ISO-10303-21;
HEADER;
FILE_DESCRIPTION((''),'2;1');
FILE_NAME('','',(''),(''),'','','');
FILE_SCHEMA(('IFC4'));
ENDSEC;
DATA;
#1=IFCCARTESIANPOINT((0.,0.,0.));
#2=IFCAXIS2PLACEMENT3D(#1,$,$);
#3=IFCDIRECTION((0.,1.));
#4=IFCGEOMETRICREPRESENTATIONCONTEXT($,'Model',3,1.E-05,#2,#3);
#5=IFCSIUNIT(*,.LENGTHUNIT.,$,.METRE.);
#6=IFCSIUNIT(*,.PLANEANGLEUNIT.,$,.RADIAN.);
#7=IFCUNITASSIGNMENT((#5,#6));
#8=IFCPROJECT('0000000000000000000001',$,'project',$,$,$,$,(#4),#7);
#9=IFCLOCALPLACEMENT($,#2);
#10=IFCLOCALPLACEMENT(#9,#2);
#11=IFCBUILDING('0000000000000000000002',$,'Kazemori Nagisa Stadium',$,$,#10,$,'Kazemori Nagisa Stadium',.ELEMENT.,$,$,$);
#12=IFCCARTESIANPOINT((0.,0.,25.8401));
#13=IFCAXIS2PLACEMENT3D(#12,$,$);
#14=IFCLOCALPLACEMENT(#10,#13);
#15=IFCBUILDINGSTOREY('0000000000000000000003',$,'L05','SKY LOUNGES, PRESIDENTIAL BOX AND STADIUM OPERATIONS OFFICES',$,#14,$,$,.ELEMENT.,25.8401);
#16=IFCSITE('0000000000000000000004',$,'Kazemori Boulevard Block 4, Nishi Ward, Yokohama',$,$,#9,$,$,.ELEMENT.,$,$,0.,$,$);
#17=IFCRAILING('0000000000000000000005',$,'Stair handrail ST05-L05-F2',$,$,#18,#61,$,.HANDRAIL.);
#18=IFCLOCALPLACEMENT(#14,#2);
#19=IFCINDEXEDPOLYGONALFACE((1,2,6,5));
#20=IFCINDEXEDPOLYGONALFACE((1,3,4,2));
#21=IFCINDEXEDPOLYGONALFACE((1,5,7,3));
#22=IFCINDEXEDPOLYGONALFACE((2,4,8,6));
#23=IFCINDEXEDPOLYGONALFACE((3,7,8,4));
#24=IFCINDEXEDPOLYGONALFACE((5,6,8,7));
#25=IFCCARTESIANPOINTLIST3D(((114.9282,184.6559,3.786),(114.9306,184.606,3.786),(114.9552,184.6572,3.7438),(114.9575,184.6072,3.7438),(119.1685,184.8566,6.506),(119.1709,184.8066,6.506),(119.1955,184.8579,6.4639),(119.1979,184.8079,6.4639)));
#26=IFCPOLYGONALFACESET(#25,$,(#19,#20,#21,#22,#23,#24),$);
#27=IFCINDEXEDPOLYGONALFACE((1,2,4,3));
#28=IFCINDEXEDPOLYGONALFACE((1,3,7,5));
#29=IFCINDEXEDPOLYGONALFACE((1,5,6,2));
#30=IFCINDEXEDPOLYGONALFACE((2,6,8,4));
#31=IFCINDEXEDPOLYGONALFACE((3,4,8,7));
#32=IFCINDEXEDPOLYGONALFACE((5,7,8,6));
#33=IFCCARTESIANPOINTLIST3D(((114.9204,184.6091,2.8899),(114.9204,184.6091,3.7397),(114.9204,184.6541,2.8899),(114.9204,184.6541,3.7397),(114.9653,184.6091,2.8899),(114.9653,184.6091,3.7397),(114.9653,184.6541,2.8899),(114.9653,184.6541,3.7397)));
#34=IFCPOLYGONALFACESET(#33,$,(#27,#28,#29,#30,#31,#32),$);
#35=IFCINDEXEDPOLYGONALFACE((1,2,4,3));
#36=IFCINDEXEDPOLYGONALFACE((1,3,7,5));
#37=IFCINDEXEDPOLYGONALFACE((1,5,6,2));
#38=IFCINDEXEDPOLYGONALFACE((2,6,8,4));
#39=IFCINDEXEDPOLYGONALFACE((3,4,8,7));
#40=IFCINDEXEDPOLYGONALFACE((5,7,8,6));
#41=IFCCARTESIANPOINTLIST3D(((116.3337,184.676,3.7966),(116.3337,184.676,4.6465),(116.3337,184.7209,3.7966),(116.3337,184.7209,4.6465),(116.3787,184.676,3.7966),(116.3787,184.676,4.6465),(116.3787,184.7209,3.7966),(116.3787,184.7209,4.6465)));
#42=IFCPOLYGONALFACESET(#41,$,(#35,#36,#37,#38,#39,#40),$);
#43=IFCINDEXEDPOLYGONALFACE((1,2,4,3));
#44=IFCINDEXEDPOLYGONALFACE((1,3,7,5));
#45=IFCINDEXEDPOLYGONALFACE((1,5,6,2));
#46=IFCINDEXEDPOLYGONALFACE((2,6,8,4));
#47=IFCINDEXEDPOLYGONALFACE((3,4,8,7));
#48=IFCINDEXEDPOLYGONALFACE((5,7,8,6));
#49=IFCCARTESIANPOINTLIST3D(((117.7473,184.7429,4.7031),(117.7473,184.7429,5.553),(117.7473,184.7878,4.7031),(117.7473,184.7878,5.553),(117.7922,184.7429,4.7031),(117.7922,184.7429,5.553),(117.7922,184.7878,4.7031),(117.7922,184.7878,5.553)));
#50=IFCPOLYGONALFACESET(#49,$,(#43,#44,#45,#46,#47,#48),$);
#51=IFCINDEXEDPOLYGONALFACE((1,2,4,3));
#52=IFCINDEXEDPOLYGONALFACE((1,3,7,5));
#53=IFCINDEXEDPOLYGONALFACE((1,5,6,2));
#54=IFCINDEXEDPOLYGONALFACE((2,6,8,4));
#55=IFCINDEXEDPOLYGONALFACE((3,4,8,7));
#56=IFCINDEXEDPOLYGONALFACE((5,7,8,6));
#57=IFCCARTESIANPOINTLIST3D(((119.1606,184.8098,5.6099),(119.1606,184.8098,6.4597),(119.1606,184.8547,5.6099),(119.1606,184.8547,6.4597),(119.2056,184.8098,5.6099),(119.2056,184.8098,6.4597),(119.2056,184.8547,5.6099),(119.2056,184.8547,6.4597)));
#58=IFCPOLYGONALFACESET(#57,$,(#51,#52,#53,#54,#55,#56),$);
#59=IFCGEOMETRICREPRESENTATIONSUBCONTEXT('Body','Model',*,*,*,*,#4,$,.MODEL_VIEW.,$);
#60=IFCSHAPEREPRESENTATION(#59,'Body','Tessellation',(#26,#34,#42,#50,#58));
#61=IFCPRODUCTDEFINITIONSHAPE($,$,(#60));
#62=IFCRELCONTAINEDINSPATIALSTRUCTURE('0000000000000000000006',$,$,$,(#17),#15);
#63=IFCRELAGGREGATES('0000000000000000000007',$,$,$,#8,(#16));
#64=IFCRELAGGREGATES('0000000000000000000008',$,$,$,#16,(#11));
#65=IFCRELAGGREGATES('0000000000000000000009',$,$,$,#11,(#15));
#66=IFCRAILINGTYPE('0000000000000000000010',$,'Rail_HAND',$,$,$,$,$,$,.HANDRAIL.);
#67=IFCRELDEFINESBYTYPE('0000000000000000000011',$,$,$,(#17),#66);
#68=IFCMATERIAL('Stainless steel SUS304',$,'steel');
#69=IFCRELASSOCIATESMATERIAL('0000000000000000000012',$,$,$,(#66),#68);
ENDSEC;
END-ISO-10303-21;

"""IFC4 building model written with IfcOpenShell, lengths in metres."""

from ifc_helpers import new_model, si_unit, direction, frame, origin, origin_2d, place, context, subcontext, project, spatial, rectangle, extrude, material, type_object, element, save


model = new_model("IFC4")

# Units and contexts
model_context = context("Model", 3, precision=1e-05, world=origin(), true_north=direction((0.0, 1.0)))
body_context = subcontext(model_context, "Body", "Model", "MODEL_VIEW")
ifc_project = project(units=[si_unit("LENGTHUNIT", "METRE"), si_unit("PLANEANGLEUNIT", "RADIAN")], contexts=[model_context])

# Site, building, storey
site_placement = place(None, origin())
site = spatial("IfcSite", under=ifc_project, at=site_placement, Name="Kazemori Boulevard Block 4, Nishi Ward, Yokohama", CompositionType="ELEMENT", RefElevation=0.0)
building_placement = place(site_placement, origin())
building = spatial("IfcBuilding", under=site, at=building_placement, Name="Kazemori Nagisa Stadium", LongName="Kazemori Nagisa Stadium", CompositionType="ELEMENT")
storey_placement = place(building_placement, frame((0.0, 0.0, 25.8401)))
storey = spatial("IfcBuildingStorey", under=building, at=storey_placement, Name="L05", Description="SKY LOUNGES, PRESIDENTIAL BOX AND STADIUM OPERATIONS OFFICES", CompositionType="ELEMENT", Elevation=25.8401)

# Railing
ifc_material_1 = material(Name="Stainless steel SUS304", Category="steel")
railing_type_1 = type_object("IfcRailingType", Name="Rail_HAND", PredefinedType="HANDRAIL", material=ifc_material_1)
railing_1_placement = place(storey_placement, frame((114.9429, 184.6316, 2.8899)))
element("IfcRailing", 1, at=railing_1_placement, inside=storey, type_object=railing_type_1, Name="Stair handrail ST05-L05-F2", PredefinedType="HANDRAIL", context=body_context, shape_type="SweptSolid", body=[
    extrude(rectangle(XDim=0.05, YDim=0.05, at=origin_2d()), frame((0.0, 0.0, 0.875), z_axis=(0.841043, 0.039805, 0.539502), x_axis=(-0.047276, 0.998882, 0.0)), (0.0, 0.0, 1.0), 5.0417),
    extrude(rectangle(XDim=0.0449, YDim=0.0449, at=origin_2d()), origin(), (0.0, 0.0, 1.0), 0.8499),
    extrude(rectangle(XDim=0.0449, YDim=0.0449, at=origin_2d()), frame((1.4133, 0.0669, 0.9067)), (0.0, 0.0, 1.0), 0.8499),
    extrude(rectangle(XDim=0.0449, YDim=0.0449, at=origin_2d()), frame((2.8269, 0.1338, 1.8132)), (0.0, 0.0, 1.0), 0.8499),
    extrude(rectangle(XDim=0.0449, YDim=0.0449, at=origin_2d()), frame((4.2402, 0.2007, 2.72)), (0.0, 0.0, 1.0), 0.8499),
])

save(model, "model.ifc")
